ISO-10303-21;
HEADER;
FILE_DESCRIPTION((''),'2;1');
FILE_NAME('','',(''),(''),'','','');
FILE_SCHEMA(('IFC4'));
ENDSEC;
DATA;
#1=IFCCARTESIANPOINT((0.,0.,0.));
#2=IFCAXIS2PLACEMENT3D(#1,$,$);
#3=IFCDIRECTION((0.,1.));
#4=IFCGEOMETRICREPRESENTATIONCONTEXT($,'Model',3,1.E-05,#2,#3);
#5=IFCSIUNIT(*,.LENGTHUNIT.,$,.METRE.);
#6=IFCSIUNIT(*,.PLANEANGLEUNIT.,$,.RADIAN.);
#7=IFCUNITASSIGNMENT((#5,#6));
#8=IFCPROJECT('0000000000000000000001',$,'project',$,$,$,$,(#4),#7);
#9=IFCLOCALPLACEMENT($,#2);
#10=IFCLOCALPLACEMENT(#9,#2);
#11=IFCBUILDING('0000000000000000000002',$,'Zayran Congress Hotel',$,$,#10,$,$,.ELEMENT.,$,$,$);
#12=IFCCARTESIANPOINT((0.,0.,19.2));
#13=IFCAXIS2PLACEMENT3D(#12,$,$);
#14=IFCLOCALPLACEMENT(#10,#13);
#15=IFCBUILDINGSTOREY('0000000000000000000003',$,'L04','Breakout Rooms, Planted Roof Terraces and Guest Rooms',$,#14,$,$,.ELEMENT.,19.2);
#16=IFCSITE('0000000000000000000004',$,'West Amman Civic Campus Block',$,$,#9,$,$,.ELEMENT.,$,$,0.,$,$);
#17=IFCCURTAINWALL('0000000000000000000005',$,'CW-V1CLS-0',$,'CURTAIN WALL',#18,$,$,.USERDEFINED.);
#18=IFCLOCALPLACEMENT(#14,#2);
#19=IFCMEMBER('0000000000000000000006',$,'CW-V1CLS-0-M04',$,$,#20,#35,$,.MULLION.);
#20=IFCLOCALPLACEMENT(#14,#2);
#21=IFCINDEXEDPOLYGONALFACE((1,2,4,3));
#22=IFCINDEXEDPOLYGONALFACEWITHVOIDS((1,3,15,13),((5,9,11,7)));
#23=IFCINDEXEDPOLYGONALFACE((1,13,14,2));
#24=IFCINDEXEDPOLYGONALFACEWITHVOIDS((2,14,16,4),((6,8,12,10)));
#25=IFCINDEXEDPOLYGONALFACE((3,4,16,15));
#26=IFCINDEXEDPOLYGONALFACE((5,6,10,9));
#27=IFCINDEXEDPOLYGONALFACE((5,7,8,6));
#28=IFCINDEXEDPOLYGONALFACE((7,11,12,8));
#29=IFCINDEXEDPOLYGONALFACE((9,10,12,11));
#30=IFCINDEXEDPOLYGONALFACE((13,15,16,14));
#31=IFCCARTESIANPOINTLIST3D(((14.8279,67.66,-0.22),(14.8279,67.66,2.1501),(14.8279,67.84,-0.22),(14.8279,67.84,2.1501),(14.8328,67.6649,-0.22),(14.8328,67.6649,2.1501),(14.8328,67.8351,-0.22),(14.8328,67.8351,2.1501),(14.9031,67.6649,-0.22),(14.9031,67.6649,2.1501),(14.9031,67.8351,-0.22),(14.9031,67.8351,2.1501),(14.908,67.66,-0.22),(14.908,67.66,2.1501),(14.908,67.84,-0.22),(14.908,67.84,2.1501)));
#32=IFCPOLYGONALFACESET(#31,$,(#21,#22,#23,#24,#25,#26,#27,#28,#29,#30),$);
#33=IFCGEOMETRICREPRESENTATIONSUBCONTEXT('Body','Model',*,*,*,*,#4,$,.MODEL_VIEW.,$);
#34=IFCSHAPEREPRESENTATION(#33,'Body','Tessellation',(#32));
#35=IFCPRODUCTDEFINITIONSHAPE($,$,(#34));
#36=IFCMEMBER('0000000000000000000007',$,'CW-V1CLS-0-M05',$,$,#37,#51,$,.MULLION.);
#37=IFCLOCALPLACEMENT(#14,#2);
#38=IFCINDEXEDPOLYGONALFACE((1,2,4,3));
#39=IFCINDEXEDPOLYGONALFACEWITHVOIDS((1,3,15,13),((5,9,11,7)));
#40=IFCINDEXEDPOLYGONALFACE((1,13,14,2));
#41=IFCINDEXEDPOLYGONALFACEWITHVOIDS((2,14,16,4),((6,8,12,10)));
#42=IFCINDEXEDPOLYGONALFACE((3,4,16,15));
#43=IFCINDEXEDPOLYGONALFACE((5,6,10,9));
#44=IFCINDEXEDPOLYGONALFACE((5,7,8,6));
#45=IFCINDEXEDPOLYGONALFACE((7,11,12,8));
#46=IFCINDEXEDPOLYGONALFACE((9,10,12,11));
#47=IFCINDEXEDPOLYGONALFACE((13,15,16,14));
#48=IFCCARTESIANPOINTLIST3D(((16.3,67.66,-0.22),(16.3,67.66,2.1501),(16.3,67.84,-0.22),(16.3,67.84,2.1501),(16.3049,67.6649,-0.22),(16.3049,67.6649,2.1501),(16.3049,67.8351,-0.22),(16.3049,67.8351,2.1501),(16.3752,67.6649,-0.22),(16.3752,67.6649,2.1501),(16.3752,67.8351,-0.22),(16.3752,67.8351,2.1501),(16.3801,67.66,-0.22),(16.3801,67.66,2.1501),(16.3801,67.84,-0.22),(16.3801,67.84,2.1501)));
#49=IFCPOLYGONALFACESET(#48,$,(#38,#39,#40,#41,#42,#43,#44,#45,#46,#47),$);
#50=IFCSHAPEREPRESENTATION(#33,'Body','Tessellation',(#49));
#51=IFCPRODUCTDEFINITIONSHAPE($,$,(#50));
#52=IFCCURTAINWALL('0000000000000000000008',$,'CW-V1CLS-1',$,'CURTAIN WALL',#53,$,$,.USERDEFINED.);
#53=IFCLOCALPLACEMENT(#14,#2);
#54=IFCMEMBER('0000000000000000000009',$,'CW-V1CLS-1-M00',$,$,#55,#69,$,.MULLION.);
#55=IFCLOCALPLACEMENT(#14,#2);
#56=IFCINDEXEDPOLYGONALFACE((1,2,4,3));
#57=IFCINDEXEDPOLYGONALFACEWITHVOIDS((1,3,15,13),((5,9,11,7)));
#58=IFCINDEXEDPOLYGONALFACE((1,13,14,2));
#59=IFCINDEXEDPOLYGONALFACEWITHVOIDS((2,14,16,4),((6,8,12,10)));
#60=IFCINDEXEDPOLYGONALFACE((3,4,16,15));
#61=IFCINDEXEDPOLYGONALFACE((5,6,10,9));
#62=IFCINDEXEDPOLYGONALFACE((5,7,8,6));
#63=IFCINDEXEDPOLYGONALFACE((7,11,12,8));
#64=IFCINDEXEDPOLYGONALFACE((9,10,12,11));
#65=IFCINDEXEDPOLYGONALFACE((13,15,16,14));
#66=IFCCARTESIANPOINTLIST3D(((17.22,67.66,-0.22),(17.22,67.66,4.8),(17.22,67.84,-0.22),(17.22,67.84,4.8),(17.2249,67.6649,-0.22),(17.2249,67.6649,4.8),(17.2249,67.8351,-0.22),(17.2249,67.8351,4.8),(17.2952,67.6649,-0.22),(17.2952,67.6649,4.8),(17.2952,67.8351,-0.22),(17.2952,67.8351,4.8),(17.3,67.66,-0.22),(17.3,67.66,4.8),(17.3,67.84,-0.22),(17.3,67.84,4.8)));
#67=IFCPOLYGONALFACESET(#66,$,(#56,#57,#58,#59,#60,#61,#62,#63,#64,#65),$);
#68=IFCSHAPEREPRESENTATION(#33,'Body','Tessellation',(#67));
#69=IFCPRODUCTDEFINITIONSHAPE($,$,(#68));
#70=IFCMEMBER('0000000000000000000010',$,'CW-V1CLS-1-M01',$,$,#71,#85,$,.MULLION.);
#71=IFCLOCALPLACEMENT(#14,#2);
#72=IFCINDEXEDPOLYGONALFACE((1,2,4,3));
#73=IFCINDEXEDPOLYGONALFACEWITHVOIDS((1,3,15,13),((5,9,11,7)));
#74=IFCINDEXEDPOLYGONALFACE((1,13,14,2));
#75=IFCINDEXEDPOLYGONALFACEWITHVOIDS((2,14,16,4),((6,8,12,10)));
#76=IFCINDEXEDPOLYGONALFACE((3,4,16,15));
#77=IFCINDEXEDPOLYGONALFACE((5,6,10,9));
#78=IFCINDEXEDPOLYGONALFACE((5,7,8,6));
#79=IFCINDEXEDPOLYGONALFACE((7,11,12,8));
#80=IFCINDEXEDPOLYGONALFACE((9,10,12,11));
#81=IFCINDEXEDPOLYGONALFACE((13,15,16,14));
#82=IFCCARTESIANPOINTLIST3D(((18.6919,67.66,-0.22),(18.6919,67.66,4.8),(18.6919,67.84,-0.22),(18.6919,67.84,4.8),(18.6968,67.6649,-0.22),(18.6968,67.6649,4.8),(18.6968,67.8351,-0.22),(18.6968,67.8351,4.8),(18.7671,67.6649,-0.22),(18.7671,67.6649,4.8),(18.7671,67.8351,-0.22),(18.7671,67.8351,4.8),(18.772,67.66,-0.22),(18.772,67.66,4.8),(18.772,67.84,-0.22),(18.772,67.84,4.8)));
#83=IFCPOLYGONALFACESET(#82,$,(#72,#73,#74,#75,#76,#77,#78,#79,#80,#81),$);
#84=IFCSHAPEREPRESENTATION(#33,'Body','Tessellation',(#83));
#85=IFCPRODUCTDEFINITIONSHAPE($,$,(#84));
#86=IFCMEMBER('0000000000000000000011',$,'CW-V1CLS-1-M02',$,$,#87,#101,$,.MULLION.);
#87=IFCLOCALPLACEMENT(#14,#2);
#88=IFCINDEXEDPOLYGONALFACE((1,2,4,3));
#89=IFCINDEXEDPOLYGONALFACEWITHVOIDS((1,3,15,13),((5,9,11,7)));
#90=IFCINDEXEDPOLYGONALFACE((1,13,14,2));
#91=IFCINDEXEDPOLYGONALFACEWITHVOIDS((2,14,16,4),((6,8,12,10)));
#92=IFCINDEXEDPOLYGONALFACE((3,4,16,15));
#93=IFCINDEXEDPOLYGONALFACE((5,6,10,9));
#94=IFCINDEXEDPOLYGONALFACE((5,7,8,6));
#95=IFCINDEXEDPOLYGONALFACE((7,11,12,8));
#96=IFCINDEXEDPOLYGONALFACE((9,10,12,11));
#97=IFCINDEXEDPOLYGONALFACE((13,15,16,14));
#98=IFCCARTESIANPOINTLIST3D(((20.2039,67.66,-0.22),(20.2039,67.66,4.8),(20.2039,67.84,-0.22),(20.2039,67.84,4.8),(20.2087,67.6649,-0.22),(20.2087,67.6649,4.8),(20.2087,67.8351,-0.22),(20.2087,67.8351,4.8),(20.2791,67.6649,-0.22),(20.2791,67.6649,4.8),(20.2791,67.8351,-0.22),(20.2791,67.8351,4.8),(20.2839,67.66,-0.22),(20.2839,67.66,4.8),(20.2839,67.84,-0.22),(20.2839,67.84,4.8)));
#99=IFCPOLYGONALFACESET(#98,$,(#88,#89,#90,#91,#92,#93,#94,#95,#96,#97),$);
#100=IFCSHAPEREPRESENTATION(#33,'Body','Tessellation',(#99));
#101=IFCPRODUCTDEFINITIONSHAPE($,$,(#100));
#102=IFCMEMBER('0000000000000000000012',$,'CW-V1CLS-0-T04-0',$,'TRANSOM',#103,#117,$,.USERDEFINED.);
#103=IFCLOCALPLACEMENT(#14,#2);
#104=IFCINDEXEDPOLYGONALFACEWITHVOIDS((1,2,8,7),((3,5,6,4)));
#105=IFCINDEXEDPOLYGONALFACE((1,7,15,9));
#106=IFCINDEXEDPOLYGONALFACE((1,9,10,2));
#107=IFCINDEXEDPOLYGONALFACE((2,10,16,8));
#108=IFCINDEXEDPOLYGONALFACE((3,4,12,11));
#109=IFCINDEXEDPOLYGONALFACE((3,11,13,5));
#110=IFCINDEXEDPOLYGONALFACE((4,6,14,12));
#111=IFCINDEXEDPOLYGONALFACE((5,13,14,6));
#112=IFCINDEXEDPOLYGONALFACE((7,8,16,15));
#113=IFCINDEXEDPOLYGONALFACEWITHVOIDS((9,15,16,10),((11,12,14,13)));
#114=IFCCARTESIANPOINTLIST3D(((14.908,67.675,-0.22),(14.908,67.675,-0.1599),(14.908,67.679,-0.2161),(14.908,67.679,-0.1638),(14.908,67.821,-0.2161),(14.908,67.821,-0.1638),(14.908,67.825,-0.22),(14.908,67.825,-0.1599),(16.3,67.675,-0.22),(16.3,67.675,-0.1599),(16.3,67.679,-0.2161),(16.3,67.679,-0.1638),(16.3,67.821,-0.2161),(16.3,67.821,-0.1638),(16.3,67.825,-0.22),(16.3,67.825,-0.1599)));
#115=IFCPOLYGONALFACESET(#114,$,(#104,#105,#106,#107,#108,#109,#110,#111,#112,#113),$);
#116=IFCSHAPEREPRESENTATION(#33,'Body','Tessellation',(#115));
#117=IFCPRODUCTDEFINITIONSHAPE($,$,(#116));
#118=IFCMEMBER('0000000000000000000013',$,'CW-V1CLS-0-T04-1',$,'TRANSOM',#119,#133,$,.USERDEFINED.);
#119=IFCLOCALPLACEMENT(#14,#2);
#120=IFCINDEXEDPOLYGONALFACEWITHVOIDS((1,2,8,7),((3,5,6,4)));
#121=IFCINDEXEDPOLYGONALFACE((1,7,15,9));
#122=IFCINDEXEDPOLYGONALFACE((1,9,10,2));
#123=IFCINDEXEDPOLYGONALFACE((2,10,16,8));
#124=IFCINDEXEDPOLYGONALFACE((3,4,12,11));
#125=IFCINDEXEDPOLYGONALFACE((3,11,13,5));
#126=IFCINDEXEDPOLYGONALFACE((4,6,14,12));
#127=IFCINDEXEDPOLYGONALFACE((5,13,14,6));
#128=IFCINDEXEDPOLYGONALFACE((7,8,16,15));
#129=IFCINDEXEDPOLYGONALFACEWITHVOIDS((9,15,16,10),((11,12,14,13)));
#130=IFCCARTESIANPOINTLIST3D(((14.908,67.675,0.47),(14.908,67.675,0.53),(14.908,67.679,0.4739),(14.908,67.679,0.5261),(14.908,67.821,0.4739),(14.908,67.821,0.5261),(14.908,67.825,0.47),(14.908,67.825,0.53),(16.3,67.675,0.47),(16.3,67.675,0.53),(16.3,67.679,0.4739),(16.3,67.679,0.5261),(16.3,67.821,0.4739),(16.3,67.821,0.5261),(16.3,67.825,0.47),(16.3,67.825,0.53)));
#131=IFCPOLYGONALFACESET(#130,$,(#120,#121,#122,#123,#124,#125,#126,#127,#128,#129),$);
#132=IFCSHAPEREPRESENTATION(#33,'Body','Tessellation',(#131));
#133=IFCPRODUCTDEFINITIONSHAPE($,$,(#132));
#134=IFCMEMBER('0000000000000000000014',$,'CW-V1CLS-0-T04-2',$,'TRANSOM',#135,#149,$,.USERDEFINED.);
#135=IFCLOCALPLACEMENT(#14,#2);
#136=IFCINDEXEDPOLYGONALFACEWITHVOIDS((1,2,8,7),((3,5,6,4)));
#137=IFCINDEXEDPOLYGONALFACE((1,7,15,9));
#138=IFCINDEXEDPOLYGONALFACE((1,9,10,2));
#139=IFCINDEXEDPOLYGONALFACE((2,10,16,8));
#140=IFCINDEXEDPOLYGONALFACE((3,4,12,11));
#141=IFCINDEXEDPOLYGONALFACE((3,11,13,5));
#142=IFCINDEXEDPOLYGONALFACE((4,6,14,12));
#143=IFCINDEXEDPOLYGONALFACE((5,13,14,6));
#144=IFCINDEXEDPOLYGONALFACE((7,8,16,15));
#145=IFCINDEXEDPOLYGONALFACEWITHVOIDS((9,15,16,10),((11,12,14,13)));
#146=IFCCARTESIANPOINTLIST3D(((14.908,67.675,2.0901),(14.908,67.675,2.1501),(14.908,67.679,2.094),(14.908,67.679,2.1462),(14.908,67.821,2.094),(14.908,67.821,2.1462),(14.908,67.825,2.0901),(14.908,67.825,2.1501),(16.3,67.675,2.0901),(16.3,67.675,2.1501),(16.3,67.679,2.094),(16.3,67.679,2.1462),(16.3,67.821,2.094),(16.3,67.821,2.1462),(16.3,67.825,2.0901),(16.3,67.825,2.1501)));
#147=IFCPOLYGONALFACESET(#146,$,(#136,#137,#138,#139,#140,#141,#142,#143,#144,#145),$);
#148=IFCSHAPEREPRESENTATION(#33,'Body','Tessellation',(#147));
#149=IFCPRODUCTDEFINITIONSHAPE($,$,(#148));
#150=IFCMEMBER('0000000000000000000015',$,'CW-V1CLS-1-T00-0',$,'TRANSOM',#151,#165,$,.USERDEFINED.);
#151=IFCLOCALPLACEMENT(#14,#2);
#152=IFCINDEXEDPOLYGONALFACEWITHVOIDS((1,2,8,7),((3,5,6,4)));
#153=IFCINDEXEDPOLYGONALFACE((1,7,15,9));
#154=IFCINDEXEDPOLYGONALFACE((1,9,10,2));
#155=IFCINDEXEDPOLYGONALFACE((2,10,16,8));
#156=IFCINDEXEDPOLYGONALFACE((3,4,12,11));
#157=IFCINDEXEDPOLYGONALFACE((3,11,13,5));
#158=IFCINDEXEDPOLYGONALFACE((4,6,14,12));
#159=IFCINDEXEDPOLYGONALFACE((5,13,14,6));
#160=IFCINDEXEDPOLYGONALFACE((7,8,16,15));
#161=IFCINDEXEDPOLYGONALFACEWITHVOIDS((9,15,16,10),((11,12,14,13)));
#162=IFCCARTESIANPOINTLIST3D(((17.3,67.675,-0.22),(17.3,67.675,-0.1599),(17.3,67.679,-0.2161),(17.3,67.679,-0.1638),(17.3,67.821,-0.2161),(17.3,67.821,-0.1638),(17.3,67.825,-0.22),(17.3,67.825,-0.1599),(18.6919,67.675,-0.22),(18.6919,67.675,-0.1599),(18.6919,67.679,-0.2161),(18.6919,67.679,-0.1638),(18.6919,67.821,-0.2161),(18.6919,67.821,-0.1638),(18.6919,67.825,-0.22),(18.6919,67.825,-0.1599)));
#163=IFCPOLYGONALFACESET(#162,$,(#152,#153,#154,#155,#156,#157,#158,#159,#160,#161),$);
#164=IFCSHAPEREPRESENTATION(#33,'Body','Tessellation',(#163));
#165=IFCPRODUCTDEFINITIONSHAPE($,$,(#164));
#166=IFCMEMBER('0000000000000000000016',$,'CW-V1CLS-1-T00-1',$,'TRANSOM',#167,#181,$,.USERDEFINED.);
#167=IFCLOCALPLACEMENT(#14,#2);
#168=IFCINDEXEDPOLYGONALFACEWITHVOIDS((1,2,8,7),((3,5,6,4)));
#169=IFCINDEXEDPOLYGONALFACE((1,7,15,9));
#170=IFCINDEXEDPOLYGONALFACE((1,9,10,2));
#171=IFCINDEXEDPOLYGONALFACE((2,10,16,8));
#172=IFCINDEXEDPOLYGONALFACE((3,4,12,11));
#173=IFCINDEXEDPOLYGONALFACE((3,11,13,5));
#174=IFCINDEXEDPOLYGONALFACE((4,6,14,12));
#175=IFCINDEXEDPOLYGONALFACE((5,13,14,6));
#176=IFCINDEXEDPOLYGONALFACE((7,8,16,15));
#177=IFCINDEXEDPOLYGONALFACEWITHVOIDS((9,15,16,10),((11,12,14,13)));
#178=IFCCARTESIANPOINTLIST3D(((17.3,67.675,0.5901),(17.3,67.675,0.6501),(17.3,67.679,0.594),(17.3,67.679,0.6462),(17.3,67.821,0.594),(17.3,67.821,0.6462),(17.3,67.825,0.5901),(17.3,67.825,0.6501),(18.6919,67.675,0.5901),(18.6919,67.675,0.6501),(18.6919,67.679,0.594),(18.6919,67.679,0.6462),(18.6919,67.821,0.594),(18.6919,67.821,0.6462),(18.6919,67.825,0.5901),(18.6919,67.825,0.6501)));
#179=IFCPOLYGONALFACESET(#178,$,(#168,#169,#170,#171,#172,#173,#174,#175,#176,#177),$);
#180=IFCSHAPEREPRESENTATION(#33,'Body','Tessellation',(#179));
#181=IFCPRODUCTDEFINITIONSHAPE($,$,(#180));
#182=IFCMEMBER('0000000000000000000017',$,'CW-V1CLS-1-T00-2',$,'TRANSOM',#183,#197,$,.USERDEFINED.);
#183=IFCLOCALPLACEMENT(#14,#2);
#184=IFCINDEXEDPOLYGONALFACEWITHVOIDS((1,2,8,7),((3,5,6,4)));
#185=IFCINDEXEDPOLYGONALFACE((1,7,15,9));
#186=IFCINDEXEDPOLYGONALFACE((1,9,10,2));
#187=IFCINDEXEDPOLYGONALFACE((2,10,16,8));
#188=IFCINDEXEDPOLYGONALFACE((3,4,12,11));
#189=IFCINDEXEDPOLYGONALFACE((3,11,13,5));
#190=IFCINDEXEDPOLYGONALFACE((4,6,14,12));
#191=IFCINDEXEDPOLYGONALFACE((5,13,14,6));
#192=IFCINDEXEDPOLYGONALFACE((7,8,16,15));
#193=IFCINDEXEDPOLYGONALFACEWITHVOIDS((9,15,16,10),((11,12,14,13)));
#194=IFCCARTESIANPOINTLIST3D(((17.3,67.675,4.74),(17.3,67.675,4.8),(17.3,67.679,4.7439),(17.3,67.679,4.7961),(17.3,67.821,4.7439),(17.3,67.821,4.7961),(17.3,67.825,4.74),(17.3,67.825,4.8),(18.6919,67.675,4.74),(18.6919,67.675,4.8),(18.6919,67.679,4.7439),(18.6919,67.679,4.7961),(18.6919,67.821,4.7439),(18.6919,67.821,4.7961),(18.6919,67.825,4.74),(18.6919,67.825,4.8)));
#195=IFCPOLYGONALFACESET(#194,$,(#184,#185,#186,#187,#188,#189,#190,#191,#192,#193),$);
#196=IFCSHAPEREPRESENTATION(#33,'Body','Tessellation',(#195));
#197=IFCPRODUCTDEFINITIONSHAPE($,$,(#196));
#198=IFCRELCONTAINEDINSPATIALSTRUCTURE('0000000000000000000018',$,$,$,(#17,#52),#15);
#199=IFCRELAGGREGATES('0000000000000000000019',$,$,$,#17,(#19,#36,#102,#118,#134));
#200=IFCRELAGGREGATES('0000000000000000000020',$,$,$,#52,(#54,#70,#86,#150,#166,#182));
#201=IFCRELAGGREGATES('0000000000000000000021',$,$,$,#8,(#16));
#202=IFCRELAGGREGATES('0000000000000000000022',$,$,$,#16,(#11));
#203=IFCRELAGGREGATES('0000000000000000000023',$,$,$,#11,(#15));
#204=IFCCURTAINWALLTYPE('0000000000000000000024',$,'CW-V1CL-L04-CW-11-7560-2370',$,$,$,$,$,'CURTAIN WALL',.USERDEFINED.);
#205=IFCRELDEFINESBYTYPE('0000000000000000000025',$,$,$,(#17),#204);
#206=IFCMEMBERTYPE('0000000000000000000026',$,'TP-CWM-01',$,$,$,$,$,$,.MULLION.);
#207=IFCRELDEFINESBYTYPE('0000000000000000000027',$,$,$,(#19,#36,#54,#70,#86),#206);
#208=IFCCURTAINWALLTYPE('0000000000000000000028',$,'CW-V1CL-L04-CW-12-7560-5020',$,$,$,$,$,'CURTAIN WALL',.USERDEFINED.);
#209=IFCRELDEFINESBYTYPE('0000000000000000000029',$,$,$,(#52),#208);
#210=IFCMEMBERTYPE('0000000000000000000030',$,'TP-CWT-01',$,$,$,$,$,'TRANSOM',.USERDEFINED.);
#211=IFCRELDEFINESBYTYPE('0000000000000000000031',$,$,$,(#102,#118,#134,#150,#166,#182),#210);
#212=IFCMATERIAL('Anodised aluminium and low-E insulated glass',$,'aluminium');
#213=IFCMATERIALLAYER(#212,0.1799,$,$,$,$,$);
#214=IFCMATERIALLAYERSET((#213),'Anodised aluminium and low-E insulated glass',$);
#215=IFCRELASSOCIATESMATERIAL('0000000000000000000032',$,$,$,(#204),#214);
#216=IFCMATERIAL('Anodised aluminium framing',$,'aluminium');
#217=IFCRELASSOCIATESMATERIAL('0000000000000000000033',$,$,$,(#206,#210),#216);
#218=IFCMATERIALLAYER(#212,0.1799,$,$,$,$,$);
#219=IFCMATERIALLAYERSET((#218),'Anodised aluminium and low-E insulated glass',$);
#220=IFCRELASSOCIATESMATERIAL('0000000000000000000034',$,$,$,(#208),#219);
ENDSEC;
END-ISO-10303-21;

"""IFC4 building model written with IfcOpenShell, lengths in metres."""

from ifc_helpers import new_model, si_unit, direction, frame, origin, origin_2d, place, context, subcontext, project, spatial, hollow_rectangle, extrude, material, layer, layer_set, material_profile, profile_set, type_object, element, aggregate, save


model = new_model("IFC4")

# Units and contexts
model_context = context("Model", 3, precision=1e-05, world=origin(), true_north=direction((0.0, 1.0)))
body_context = subcontext(model_context, "Body", "Model", "MODEL_VIEW")
ifc_project = project(units=[si_unit("LENGTHUNIT", "METRE"), si_unit("PLANEANGLEUNIT", "RADIAN")], contexts=[model_context])

# Site, building, storey
site_placement = place(None, origin())
site = spatial("IfcSite", under=ifc_project, at=site_placement, Name="West Amman Civic Campus Block", CompositionType="ELEMENT", RefElevation=0.0)
building_placement = place(site_placement, origin())
building = spatial("IfcBuilding", under=site, at=building_placement, Name="Zayran Congress Hotel", CompositionType="ELEMENT")
storey_placement = place(building_placement, frame((0.0, 0.0, 19.2)))
storey = spatial("IfcBuildingStorey", under=building, at=storey_placement, Name="L04", Description="Breakout Rooms, Planted Roof Terraces and Guest Rooms", CompositionType="ELEMENT", Elevation=19.2)

# Curtain walls, members
ifc_material_1 = material(Name="Anodised aluminium and low-E insulated glass", Category="aluminium")
ifc_layer_1 = layer(ifc_material_1, 0.1799)
ifc_layer_set_1 = layer_set([ifc_layer_1], Name="Anodised aluminium and low-E insulated glass")
curtain_wall_type_1 = type_object("IfcCurtainWallType", Name="CW-V1CL-L04-CW-11-7560-2370", ElementType="CURTAIN WALL", PredefinedType="USERDEFINED", material=ifc_layer_set_1)
curtain_wall_1_placement = place(storey_placement, origin())
curtain_wall_1 = element("IfcCurtainWall", 1, at=curtain_wall_1_placement, inside=storey, type_object=curtain_wall_type_1, Name="CW-V1CLS-0", ObjectType="CURTAIN WALL", PredefinedType="USERDEFINED")
ifc_material_2 = material(Name="Anodised aluminium framing", Category="aluminium")
ifc_material_profile_1 = material_profile(ifc_material_2, hollow_rectangle(XDim=0.0801, YDim=0.1799, WallThickness=0.0049, at=origin_2d()), Name="RHS 180x80x5")
ifc_profile_set_1 = profile_set([ifc_material_profile_1], Name="Anodised aluminium framing")
member_type_1 = type_object("IfcMemberType", Name="TP-CWM-01", PredefinedType="MULLION", material=ifc_profile_set_1)
member_1_placement = place(storey_placement, frame((14.8679, 67.75, -0.22), z_axis=(0.0, 0.0, 1.0), x_axis=(1.0, 0.0, 0.0)))
member_1 = element("IfcMember", 2, at=member_1_placement, type_object=member_type_1, Name="CW-V1CLS-0-M04", PredefinedType="MULLION", context=body_context, shape_type="SweptSolid", body=[
    extrude(hollow_rectangle(XDim=0.0801, YDim=0.1799, WallThickness=0.0049, at=origin_2d()), origin(), (0.0, 0.0, 1.0), 2.3701),
])
member_2_placement = place(storey_placement, frame((16.3401, 67.75, -0.22), z_axis=(0.0, 0.0, 1.0), x_axis=(1.0, 0.0, 0.0)))
member_2 = element("IfcMember", 3, at=member_2_placement, type_object=member_type_1, Name="CW-V1CLS-0-M05", PredefinedType="MULLION", context=body_context, shape_type="SweptSolid", body=[
    extrude(hollow_rectangle(XDim=0.0801, YDim=0.1799, WallThickness=0.0049, at=origin_2d()), origin(), (0.0, 0.0, 1.0), 2.3701),
])
ifc_layer_2 = layer(ifc_material_1, 0.1799)
ifc_layer_set_2 = layer_set([ifc_layer_2], Name="Anodised aluminium and low-E insulated glass")
curtain_wall_type_2 = type_object("IfcCurtainWallType", Name="CW-V1CL-L04-CW-12-7560-5020", ElementType="CURTAIN WALL", PredefinedType="USERDEFINED", material=ifc_layer_set_2)
curtain_wall_2_placement = place(storey_placement, origin())
curtain_wall_2 = element("IfcCurtainWall", 4, at=curtain_wall_2_placement, inside=storey, type_object=curtain_wall_type_2, Name="CW-V1CLS-1", ObjectType="CURTAIN WALL", PredefinedType="USERDEFINED")
member_3_placement = place(storey_placement, frame((17.26, 67.75, -0.22), z_axis=(0.0, 0.0, 1.0), x_axis=(1.0, 0.0, 0.0)))
member_3 = element("IfcMember", 5, at=member_3_placement, type_object=member_type_1, Name="CW-V1CLS-1-M00", PredefinedType="MULLION", context=body_context, shape_type="SweptSolid", body=[
    extrude(hollow_rectangle(XDim=0.0801, YDim=0.1799, WallThickness=0.0049, at=origin_2d()), origin(), (0.0, 0.0, 1.0), 5.02),
])
member_4_placement = place(storey_placement, frame((18.7319, 67.75, -0.22), z_axis=(0.0, 0.0, 1.0), x_axis=(1.0, 0.0, 0.0)))
member_4 = element("IfcMember", 6, at=member_4_placement, type_object=member_type_1, Name="CW-V1CLS-1-M01", PredefinedType="MULLION", context=body_context, shape_type="SweptSolid", body=[
    extrude(hollow_rectangle(XDim=0.0801, YDim=0.1799, WallThickness=0.0049, at=origin_2d()), origin(), (0.0, 0.0, 1.0), 5.02),
])
member_5_placement = place(storey_placement, frame((20.2439, 67.75, -0.22), z_axis=(0.0, 0.0, 1.0), x_axis=(1.0, 0.0, 0.0)))
member_5 = element("IfcMember", 7, at=member_5_placement, type_object=member_type_1, Name="CW-V1CLS-1-M02", PredefinedType="MULLION", context=body_context, shape_type="SweptSolid", body=[
    extrude(hollow_rectangle(XDim=0.0801, YDim=0.1799, WallThickness=0.0049, at=origin_2d()), origin(), (0.0, 0.0, 1.0), 5.02),
])

# Members
ifc_material_profile_2 = material_profile(ifc_material_2, hollow_rectangle(XDim=0.0601, YDim=0.1499, WallThickness=0.0039, at=origin_2d()), Name="RHS 150x60x4")
ifc_profile_set_2 = profile_set([ifc_material_profile_2], Name="Anodised aluminium framing")
member_type_2 = type_object("IfcMemberType", Name="TP-CWT-01", ElementType="TRANSOM", PredefinedType="USERDEFINED", material=ifc_profile_set_2)
member_6_placement = place(storey_placement, frame((14.908, 67.75, -0.1899), z_axis=(1.0, 0.0, 0.0), x_axis=(0.0, 0.0, 1.0)))
member_6 = element("IfcMember", 8, at=member_6_placement, type_object=member_type_2, Name="CW-V1CLS-0-T04-0", ObjectType="TRANSOM", PredefinedType="USERDEFINED", context=body_context, shape_type="SweptSolid", body=[
    extrude(hollow_rectangle(XDim=0.0601, YDim=0.1499, WallThickness=0.0039, at=origin_2d()), origin(), (0.0, 0.0, 1.0), 1.3921),
])
member_7_placement = place(storey_placement, frame((14.908, 67.75, 0.5), z_axis=(1.0, 0.0, 0.0), x_axis=(0.0, 0.0, 1.0)))
member_7 = element("IfcMember", 9, at=member_7_placement, type_object=member_type_2, Name="CW-V1CLS-0-T04-1", ObjectType="TRANSOM", PredefinedType="USERDEFINED", context=body_context, shape_type="SweptSolid", body=[
    extrude(hollow_rectangle(XDim=0.0601, YDim=0.1499, WallThickness=0.0039, at=origin_2d()), origin(), (0.0, 0.0, 1.0), 1.3921),
])
member_8_placement = place(storey_placement, frame((14.908, 67.75, 2.1201), z_axis=(1.0, 0.0, 0.0), x_axis=(0.0, 0.0, 1.0)))
member_8 = element("IfcMember", 10, at=member_8_placement, type_object=member_type_2, Name="CW-V1CLS-0-T04-2", ObjectType="TRANSOM", PredefinedType="USERDEFINED", context=body_context, shape_type="SweptSolid", body=[
    extrude(hollow_rectangle(XDim=0.0601, YDim=0.1499, WallThickness=0.0039, at=origin_2d()), origin(), (0.0, 0.0, 1.0), 1.3921),
])
member_9_placement = place(storey_placement, frame((17.3, 67.75, -0.1899), z_axis=(1.0, 0.0, 0.0), x_axis=(0.0, 0.0, 1.0)))
member_9 = element("IfcMember", 11, at=member_9_placement, type_object=member_type_2, Name="CW-V1CLS-1-T00-0", ObjectType="TRANSOM", PredefinedType="USERDEFINED", context=body_context, shape_type="SweptSolid", body=[
    extrude(hollow_rectangle(XDim=0.0601, YDim=0.1499, WallThickness=0.0039, at=origin_2d()), origin(), (0.0, 0.0, 1.0), 1.3918),
])
member_10_placement = place(storey_placement, frame((17.3, 67.75, 0.6201), z_axis=(1.0, 0.0, 0.0), x_axis=(0.0, 0.0, 1.0)))
member_10 = element("IfcMember", 12, at=member_10_placement, type_object=member_type_2, Name="CW-V1CLS-1-T00-1", ObjectType="TRANSOM", PredefinedType="USERDEFINED", context=body_context, shape_type="SweptSolid", body=[
    extrude(hollow_rectangle(XDim=0.0601, YDim=0.1499, WallThickness=0.0039, at=origin_2d()), origin(), (0.0, 0.0, 1.0), 1.3918),
])
member_11_placement = place(storey_placement, frame((17.3, 67.75, 4.77), z_axis=(1.0, 0.0, 0.0), x_axis=(0.0, 0.0, 1.0)))
member_11 = element("IfcMember", 13, at=member_11_placement, type_object=member_type_2, Name="CW-V1CLS-1-T00-2", ObjectType="TRANSOM", PredefinedType="USERDEFINED", context=body_context, shape_type="SweptSolid", body=[
    extrude(hollow_rectangle(XDim=0.0601, YDim=0.1499, WallThickness=0.0039, at=origin_2d()), origin(), (0.0, 0.0, 1.0), 1.3918),
])

aggregate(curtain_wall_1, [member_1, member_2, member_6, member_7, member_8])
aggregate(curtain_wall_2, [member_3, member_4, member_5, member_9, member_10, member_11])

save(model, "model.ifc")
